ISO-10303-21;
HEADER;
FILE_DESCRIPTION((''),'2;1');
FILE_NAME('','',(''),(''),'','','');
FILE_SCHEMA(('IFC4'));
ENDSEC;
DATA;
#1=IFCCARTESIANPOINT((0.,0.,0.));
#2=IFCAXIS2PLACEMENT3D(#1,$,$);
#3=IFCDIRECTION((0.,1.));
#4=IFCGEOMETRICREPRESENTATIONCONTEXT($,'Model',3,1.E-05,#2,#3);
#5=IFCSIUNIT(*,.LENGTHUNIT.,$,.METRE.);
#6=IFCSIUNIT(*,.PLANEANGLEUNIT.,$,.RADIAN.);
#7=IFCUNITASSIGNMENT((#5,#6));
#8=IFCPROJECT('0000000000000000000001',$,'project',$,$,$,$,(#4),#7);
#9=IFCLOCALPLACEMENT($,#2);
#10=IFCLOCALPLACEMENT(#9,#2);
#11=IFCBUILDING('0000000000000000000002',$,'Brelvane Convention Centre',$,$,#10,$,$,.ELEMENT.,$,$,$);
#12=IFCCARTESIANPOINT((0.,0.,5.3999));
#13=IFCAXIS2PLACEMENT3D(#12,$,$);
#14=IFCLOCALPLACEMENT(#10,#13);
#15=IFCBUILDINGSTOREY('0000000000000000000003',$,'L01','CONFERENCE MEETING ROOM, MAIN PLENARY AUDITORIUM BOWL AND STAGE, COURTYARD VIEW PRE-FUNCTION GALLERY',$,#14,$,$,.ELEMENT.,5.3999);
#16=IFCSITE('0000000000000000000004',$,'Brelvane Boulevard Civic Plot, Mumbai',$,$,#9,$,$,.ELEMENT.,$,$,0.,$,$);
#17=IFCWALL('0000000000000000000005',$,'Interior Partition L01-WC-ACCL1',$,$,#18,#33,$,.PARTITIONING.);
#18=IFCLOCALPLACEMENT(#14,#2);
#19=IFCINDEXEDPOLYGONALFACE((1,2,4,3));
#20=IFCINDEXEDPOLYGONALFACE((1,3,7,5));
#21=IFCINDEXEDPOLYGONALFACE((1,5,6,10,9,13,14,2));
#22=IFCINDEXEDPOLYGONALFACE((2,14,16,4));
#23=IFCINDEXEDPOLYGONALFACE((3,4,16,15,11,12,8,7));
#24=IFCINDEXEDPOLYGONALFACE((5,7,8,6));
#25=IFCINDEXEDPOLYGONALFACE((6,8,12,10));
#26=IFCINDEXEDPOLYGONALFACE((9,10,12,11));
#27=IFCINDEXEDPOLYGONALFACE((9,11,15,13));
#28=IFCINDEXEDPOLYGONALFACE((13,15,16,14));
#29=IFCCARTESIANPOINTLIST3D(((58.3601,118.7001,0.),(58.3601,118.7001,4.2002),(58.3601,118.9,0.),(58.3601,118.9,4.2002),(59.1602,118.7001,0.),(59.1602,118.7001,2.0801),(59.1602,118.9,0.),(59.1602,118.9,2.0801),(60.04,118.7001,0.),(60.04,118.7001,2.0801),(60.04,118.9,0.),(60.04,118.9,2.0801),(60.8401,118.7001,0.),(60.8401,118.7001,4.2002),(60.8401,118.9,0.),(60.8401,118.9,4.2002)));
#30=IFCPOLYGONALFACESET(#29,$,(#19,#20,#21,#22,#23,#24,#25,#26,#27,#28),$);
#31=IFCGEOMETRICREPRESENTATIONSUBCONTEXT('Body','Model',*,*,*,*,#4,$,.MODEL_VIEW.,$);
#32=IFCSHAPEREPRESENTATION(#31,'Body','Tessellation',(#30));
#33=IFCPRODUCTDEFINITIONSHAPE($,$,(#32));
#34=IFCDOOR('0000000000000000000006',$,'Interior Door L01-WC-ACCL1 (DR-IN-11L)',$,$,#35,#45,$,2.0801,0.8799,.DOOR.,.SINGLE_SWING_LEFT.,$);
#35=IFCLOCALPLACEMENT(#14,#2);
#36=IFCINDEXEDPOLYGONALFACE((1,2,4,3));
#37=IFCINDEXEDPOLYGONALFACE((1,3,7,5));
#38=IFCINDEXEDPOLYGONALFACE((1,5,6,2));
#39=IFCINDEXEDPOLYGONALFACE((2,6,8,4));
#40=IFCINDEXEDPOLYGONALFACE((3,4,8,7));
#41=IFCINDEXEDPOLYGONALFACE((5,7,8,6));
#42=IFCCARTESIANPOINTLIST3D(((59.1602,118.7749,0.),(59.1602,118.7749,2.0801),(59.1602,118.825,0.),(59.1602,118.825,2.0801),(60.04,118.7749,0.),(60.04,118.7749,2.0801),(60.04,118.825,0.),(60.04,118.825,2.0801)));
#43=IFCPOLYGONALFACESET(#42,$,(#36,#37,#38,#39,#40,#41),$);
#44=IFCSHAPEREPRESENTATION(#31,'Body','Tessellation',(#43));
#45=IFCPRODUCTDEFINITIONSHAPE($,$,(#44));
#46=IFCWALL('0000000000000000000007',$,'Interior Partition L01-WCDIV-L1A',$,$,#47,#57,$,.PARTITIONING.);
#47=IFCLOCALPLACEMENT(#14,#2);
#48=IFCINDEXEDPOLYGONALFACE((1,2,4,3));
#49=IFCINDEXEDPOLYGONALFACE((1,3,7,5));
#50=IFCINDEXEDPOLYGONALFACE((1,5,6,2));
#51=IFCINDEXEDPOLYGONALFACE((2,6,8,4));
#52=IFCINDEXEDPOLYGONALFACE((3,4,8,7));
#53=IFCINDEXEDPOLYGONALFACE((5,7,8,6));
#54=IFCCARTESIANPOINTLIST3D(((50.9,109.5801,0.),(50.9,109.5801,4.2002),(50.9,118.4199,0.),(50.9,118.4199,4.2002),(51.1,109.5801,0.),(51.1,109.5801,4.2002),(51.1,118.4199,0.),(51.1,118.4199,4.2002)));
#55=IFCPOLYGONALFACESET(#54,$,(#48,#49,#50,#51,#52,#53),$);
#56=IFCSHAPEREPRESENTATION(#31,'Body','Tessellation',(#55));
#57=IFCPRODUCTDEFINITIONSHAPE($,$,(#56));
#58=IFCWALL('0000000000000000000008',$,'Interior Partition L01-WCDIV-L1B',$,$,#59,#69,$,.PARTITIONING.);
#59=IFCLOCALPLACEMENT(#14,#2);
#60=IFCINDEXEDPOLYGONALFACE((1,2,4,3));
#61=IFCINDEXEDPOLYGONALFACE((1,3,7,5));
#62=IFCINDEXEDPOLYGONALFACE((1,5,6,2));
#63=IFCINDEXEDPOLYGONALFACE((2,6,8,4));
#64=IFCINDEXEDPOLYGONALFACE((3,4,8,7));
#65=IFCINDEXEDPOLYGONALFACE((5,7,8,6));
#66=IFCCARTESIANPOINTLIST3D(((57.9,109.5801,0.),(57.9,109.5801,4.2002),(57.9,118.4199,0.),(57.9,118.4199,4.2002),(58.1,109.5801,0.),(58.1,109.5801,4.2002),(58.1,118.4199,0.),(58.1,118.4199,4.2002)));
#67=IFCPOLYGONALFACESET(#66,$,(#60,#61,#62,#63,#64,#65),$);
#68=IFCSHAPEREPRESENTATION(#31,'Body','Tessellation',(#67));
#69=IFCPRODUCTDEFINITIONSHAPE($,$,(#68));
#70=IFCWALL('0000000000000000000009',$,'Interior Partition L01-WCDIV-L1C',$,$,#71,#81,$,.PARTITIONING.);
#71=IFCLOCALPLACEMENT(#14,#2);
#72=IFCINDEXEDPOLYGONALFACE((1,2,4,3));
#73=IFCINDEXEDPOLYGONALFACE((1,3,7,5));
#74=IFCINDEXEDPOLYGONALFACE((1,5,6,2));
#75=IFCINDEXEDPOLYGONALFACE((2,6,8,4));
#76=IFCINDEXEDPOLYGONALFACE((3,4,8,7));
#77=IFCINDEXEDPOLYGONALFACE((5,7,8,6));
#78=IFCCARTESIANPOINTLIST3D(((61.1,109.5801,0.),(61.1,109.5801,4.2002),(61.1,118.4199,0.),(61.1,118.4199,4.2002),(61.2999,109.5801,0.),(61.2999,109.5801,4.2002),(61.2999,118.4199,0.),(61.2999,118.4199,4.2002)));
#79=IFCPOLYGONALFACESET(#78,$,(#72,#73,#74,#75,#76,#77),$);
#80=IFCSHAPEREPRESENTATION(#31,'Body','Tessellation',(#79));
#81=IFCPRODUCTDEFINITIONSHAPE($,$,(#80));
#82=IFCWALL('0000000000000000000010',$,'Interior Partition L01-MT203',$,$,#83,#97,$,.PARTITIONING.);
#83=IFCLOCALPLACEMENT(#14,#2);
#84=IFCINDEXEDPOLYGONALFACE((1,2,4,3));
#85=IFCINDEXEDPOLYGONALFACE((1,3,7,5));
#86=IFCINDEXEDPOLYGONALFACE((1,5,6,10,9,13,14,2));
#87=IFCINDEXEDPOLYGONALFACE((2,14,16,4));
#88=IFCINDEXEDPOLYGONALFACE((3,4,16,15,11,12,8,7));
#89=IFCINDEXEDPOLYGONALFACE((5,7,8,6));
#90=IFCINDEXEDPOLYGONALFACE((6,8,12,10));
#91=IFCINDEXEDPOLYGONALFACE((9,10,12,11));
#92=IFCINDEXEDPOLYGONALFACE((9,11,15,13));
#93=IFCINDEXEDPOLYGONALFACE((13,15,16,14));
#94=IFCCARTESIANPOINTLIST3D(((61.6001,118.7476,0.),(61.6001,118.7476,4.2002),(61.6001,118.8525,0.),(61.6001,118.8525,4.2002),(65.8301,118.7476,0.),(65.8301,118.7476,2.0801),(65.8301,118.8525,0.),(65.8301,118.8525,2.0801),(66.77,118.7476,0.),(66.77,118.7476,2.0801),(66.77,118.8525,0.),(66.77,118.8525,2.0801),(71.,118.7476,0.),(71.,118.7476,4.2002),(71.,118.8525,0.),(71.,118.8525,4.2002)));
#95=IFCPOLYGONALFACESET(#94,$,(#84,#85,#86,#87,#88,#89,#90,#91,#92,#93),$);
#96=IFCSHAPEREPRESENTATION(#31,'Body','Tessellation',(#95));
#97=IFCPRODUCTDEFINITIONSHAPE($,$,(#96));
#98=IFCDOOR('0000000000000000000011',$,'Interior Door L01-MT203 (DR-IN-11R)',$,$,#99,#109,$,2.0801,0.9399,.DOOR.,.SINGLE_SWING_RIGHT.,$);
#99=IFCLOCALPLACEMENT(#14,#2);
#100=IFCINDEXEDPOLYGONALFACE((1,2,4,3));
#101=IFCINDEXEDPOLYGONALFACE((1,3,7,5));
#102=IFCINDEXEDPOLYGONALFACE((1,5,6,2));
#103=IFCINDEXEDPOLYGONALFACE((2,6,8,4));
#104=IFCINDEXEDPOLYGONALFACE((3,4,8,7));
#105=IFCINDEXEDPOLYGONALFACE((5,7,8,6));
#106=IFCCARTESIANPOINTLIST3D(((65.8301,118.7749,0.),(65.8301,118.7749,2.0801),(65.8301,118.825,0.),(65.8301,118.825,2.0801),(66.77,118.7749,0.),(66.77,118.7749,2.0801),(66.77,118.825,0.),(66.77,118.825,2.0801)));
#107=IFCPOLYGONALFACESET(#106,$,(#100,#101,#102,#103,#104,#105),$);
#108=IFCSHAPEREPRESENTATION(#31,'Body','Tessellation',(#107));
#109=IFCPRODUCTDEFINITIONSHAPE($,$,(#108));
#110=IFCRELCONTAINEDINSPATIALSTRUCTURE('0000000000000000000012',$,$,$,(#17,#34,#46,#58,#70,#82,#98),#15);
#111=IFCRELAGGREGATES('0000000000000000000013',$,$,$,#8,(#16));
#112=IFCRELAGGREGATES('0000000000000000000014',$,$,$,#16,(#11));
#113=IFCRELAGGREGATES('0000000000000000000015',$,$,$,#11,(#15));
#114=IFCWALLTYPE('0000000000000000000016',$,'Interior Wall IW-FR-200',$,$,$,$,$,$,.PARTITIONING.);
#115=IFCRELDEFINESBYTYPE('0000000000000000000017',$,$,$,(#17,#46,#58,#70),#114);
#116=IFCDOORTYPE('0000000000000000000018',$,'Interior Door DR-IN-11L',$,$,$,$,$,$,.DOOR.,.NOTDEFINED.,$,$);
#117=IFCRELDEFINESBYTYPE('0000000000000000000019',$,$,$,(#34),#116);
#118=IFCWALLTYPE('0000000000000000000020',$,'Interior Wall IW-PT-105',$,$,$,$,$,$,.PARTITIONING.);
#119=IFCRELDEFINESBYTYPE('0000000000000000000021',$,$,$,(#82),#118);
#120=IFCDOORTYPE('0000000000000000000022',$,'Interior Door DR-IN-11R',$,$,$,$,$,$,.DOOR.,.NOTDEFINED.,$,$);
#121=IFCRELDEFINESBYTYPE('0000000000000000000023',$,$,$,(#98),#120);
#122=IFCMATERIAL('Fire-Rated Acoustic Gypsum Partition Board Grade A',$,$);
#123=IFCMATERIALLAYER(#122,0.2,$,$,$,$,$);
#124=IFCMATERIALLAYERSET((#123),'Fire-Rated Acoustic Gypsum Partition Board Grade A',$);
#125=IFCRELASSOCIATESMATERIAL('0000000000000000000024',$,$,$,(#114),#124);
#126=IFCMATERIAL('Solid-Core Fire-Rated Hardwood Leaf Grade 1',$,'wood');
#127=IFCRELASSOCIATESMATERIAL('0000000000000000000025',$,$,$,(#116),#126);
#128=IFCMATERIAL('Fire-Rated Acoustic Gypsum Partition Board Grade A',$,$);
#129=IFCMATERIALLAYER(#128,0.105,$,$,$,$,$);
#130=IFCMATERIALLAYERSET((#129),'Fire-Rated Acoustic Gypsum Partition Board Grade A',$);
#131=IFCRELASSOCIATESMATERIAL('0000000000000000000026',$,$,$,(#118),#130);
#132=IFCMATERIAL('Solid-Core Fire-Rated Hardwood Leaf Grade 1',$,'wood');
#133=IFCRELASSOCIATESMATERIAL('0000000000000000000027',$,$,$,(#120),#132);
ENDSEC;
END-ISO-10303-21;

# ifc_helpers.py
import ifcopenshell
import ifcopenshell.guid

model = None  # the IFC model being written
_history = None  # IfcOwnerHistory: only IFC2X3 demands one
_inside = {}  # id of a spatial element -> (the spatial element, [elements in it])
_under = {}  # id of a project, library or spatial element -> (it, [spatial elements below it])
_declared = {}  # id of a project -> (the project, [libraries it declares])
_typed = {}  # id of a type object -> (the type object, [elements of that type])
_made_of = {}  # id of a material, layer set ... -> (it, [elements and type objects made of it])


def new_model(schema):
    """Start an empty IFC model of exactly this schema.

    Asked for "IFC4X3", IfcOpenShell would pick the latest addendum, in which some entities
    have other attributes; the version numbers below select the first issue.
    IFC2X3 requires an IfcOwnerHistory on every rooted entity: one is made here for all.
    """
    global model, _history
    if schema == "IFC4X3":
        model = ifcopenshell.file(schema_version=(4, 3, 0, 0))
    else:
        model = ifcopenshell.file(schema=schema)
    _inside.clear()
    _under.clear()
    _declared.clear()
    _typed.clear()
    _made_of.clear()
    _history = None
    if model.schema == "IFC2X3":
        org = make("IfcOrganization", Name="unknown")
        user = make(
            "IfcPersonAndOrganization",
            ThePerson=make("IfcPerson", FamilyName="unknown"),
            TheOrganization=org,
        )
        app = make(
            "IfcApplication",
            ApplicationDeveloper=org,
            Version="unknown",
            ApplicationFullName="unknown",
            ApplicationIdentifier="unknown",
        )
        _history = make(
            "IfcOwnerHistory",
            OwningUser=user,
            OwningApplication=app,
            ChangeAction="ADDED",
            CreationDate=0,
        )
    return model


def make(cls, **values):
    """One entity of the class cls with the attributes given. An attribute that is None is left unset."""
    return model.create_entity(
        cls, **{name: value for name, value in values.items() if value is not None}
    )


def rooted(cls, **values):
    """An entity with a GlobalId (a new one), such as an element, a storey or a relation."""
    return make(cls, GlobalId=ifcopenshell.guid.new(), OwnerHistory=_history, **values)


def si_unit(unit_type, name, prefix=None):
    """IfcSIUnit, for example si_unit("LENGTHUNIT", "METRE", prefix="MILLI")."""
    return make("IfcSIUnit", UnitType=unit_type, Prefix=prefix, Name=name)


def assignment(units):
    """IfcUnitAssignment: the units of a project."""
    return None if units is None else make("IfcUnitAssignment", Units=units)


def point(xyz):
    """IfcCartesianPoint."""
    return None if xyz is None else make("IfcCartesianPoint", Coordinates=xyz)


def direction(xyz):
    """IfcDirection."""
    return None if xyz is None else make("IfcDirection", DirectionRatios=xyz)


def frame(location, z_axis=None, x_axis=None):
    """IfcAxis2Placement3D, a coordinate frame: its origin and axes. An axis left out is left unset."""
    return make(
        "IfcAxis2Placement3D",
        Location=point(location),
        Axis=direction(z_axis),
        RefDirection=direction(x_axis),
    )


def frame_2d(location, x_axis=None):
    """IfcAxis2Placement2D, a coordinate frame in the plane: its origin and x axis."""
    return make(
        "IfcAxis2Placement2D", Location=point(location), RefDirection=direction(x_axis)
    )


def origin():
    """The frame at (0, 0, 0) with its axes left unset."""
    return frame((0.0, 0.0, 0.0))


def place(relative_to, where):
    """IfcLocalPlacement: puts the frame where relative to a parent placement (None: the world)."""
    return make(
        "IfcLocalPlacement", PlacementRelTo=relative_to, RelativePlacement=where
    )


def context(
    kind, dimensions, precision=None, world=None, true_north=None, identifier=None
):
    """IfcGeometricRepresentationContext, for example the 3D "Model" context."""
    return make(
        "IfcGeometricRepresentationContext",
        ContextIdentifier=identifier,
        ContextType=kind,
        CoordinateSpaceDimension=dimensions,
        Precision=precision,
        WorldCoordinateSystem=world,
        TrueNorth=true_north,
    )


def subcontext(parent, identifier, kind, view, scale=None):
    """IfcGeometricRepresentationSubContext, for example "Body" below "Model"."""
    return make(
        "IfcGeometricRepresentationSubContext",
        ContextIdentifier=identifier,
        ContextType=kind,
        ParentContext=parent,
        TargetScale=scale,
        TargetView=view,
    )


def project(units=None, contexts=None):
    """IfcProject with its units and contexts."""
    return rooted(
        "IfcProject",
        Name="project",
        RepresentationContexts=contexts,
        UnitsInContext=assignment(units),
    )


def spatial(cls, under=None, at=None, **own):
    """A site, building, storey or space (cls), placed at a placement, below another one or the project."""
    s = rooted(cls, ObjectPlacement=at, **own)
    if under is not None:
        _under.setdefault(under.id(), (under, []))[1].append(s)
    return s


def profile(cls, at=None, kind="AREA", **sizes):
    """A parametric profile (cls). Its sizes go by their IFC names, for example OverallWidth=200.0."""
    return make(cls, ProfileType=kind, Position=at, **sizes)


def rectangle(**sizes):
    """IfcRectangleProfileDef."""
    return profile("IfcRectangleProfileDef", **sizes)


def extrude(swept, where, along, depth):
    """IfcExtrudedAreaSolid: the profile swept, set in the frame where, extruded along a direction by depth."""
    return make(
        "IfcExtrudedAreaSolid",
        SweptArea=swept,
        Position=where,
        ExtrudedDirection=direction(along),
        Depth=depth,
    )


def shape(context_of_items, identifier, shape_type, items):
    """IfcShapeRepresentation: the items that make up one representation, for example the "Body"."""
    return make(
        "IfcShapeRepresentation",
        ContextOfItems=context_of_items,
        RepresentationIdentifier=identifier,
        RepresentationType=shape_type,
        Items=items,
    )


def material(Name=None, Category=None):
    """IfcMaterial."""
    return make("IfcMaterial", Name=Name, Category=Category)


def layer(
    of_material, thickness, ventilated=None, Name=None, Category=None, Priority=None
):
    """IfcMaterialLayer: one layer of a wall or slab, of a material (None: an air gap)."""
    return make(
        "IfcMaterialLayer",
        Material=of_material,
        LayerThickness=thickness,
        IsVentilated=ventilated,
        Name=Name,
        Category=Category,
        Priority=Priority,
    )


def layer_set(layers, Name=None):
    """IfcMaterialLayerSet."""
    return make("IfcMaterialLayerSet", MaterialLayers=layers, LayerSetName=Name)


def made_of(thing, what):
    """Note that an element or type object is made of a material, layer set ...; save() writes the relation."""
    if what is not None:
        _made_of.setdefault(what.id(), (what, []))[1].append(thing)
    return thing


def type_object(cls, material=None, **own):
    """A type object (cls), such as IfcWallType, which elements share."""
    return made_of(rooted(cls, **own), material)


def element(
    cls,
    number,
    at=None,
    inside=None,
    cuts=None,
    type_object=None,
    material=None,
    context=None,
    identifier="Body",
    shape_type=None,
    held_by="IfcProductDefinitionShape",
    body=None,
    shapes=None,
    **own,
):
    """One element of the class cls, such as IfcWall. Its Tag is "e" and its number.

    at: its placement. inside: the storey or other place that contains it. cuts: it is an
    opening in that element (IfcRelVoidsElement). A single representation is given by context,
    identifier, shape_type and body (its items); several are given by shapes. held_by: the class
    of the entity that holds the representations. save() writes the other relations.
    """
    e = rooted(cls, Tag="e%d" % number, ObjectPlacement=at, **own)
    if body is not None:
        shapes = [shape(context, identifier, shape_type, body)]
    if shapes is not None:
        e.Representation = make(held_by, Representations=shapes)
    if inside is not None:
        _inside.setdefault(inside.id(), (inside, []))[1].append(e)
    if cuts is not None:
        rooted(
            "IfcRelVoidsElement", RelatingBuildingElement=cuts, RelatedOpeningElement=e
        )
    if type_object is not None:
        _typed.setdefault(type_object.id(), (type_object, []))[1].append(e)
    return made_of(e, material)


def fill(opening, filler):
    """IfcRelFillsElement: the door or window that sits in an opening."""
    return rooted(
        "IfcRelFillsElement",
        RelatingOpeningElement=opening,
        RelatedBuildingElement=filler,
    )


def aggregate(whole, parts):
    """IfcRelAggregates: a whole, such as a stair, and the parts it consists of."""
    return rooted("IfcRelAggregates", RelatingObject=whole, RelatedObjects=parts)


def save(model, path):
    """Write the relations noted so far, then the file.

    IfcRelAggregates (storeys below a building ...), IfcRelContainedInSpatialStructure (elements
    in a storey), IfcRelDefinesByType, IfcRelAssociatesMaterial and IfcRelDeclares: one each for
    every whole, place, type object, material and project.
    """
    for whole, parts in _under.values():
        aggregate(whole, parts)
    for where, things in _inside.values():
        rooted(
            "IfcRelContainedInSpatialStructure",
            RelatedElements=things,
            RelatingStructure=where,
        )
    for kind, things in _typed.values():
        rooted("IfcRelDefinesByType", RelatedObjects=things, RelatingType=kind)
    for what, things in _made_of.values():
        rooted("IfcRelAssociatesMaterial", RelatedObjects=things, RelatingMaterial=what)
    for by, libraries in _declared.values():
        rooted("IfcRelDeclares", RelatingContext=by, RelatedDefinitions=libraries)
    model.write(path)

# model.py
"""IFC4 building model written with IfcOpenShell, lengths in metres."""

from ifc_helpers import new_model, si_unit, direction, frame, frame_2d, origin, place, context, subcontext, project, spatial, rectangle, extrude, material, layer, layer_set, type_object, element, fill, save


model = new_model("IFC4")

# Units and contexts
model_context = context("Model", 3, precision=1e-05, world=origin(), true_north=direction((0.0, 1.0)))
body_context = subcontext(model_context, "Body", "Model", "MODEL_VIEW")
ifc_project = project(units=[si_unit("LENGTHUNIT", "METRE"), si_unit("PLANEANGLEUNIT", "RADIAN")], contexts=[model_context])

# Site, building, storey
site_placement = place(None, origin())
site = spatial("IfcSite", under=ifc_project, at=site_placement, Name="Brelvane Boulevard Civic Plot, Mumbai", CompositionType="ELEMENT", RefElevation=0.0)
building_placement = place(site_placement, origin())
building = spatial("IfcBuilding", under=site, at=building_placement, Name="Brelvane Convention Centre", CompositionType="ELEMENT")
storey_placement = place(building_placement, frame((0.0, 0.0, 5.3999)))
storey = spatial("IfcBuildingStorey", under=building, at=storey_placement, Name="L01", Description="CONFERENCE MEETING ROOM, MAIN PLENARY AUDITORIUM BOWL AND STAGE, COURTYARD VIEW PRE-FUNCTION GALLERY", CompositionType="ELEMENT", Elevation=5.3999)

# Wall, opening, door
ifc_material_1 = material(Name="Fire-Rated Acoustic Gypsum Partition Board Grade A")
ifc_layer_1 = layer(ifc_material_1, 0.2)
ifc_layer_set_1 = layer_set([ifc_layer_1], Name="Fire-Rated Acoustic Gypsum Partition Board Grade A")
wall_type_1 = type_object("IfcWallType", Name="Interior Wall IW-FR-200", PredefinedType="PARTITIONING", material=ifc_layer_set_1)
wall_1_placement = place(storey_placement, frame((58.3601, 118.8, 0.0), z_axis=(0.0, 0.0, 1.0), x_axis=(1.0, 0.0, 0.0)))
wall_1 = element("IfcWall", 1, at=wall_1_placement, inside=storey, type_object=wall_type_1, Name="Interior Partition L01-WC-ACCL1", PredefinedType="PARTITIONING", context=body_context, shape_type="SweptSolid", body=[
    extrude(rectangle(XDim=2.48, YDim=0.2, at=frame_2d((1.24, 0.0))), origin(), (0.0, 0.0, 1.0), 4.2002),
])
opening_1_placement = place(wall_1_placement, frame((0.8, 0.0, 0.0)))
opening_1 = element("IfcOpeningElement", 2, at=opening_1_placement, cuts=wall_1, PredefinedType="OPENING", context=body_context, shape_type="SweptSolid", body=[
    extrude(rectangle(XDim=0.8799, YDim=2.0801, at=frame_2d((0.4399, 1.04))), frame((0.0, 0.1099, 0.0), z_axis=(0.0, -1.0, 0.0), x_axis=(1.0, 0.0, 0.0)), (0.0, 0.0, 1.0), 0.22),
])
ifc_material_2 = material(Name="Solid-Core Fire-Rated Hardwood Leaf Grade 1", Category="wood")
door_type_1 = type_object("IfcDoorType", Name="Interior Door DR-IN-11L", OperationType="NOTDEFINED", PredefinedType="DOOR", material=ifc_material_2)
door_1_placement = place(opening_1_placement, origin())
door_1 = element("IfcDoor", 3, at=door_1_placement, inside=storey, type_object=door_type_1, Name="Interior Door L01-WC-ACCL1 (DR-IN-11L)", OperationType="SINGLE_SWING_LEFT", OverallHeight=2.0801, OverallWidth=0.8799, PredefinedType="DOOR", context=body_context, shape_type="SweptSolid", body=[
    extrude(rectangle(XDim=0.8799, YDim=2.0801, at=frame_2d((0.4399, 1.04))), frame((0.0, 0.0249, 0.0), z_axis=(0.0, -1.0, 0.0), x_axis=(1.0, 0.0, 0.0)), (0.0, 0.0, 1.0), 0.05),
])
fill(opening_1, door_1)

# Walls
for number, where, z_axis, x_axis, name in (
    (4, (51.0, 109.5801, 0.0), (0.0, 0.0, 1.0), (0.0, 1.0, 0.0), "Interior Partition L01-WCDIV-L1A"),
    (5, (58.0, 109.5801, 0.0), (0.0, 0.0, 1.0), (0.0, 1.0, 0.0), "Interior Partition L01-WCDIV-L1B"),
    (6, (61.2, 109.5801, 0.0), (0.0, 0.0, 1.0), (0.0, 1.0, 0.0), "Interior Partition L01-WCDIV-L1C"),
):
    element("IfcWall", number, at=place(storey_placement, frame(where, z_axis=z_axis, x_axis=x_axis)), inside=storey, type_object=wall_type_1, Name=name, PredefinedType="PARTITIONING", context=body_context, shape_type="SweptSolid", body=[
        extrude(rectangle(XDim=8.8398, YDim=0.2, at=frame_2d((4.4199, 0.0))), origin(), (0.0, 0.0, 1.0), 4.2002),
    ])

# Wall, opening, door
ifc_material_3 = material(Name="Fire-Rated Acoustic Gypsum Partition Board Grade A")
ifc_layer_2 = layer(ifc_material_3, 0.105)
ifc_layer_set_2 = layer_set([ifc_layer_2], Name="Fire-Rated Acoustic Gypsum Partition Board Grade A")
wall_type_2 = type_object("IfcWallType", Name="Interior Wall IW-PT-105", PredefinedType="PARTITIONING", material=ifc_layer_set_2)
wall_2_placement = place(storey_placement, frame((61.6001, 118.8, 0.0), z_axis=(0.0, 0.0, 1.0), x_axis=(1.0, 0.0, 0.0)))
wall_2 = element("IfcWall", 7, at=wall_2_placement, inside=storey, type_object=wall_type_2, Name="Interior Partition L01-MT203", PredefinedType="PARTITIONING", context=body_context, shape_type="SweptSolid", body=[
    extrude(rectangle(XDim=9.3999, YDim=0.105, at=frame_2d((4.7, 0.0))), origin(), (0.0, 0.0, 1.0), 4.2002),
])
opening_2_placement = place(wall_2_placement, frame((4.23, 0.0, 0.0)))
opening_2 = element("IfcOpeningElement", 8, at=opening_2_placement, cuts=wall_2, PredefinedType="OPENING", context=body_context, shape_type="SweptSolid", body=[
    extrude(rectangle(XDim=0.9399, YDim=2.0801, at=frame_2d((0.47, 1.04))), frame((0.0, 0.0625, 0.0), z_axis=(0.0, -1.0, 0.0), x_axis=(1.0, 0.0, 0.0)), (0.0, 0.0, 1.0), 0.125),
])
ifc_material_4 = material(Name="Solid-Core Fire-Rated Hardwood Leaf Grade 1", Category="wood")
door_type_2 = type_object("IfcDoorType", Name="Interior Door DR-IN-11R", OperationType="NOTDEFINED", PredefinedType="DOOR", material=ifc_material_4)
door_2_placement = place(opening_2_placement, origin())
door_2 = element("IfcDoor", 9, at=door_2_placement, inside=storey, type_object=door_type_2, Name="Interior Door L01-MT203 (DR-IN-11R)", OperationType="SINGLE_SWING_RIGHT", OverallHeight=2.0801, OverallWidth=0.9399, PredefinedType="DOOR", context=body_context, shape_type="SweptSolid", body=[
    extrude(rectangle(XDim=0.9399, YDim=2.0801, at=frame_2d((0.47, 1.04))), frame((0.0, 0.0249, 0.0), z_axis=(0.0, -1.0, 0.0), x_axis=(1.0, 0.0, 0.0)), (0.0, 0.0, 1.0), 0.05),
])
fill(opening_2, door_2)

save(model, "model.ifc")
